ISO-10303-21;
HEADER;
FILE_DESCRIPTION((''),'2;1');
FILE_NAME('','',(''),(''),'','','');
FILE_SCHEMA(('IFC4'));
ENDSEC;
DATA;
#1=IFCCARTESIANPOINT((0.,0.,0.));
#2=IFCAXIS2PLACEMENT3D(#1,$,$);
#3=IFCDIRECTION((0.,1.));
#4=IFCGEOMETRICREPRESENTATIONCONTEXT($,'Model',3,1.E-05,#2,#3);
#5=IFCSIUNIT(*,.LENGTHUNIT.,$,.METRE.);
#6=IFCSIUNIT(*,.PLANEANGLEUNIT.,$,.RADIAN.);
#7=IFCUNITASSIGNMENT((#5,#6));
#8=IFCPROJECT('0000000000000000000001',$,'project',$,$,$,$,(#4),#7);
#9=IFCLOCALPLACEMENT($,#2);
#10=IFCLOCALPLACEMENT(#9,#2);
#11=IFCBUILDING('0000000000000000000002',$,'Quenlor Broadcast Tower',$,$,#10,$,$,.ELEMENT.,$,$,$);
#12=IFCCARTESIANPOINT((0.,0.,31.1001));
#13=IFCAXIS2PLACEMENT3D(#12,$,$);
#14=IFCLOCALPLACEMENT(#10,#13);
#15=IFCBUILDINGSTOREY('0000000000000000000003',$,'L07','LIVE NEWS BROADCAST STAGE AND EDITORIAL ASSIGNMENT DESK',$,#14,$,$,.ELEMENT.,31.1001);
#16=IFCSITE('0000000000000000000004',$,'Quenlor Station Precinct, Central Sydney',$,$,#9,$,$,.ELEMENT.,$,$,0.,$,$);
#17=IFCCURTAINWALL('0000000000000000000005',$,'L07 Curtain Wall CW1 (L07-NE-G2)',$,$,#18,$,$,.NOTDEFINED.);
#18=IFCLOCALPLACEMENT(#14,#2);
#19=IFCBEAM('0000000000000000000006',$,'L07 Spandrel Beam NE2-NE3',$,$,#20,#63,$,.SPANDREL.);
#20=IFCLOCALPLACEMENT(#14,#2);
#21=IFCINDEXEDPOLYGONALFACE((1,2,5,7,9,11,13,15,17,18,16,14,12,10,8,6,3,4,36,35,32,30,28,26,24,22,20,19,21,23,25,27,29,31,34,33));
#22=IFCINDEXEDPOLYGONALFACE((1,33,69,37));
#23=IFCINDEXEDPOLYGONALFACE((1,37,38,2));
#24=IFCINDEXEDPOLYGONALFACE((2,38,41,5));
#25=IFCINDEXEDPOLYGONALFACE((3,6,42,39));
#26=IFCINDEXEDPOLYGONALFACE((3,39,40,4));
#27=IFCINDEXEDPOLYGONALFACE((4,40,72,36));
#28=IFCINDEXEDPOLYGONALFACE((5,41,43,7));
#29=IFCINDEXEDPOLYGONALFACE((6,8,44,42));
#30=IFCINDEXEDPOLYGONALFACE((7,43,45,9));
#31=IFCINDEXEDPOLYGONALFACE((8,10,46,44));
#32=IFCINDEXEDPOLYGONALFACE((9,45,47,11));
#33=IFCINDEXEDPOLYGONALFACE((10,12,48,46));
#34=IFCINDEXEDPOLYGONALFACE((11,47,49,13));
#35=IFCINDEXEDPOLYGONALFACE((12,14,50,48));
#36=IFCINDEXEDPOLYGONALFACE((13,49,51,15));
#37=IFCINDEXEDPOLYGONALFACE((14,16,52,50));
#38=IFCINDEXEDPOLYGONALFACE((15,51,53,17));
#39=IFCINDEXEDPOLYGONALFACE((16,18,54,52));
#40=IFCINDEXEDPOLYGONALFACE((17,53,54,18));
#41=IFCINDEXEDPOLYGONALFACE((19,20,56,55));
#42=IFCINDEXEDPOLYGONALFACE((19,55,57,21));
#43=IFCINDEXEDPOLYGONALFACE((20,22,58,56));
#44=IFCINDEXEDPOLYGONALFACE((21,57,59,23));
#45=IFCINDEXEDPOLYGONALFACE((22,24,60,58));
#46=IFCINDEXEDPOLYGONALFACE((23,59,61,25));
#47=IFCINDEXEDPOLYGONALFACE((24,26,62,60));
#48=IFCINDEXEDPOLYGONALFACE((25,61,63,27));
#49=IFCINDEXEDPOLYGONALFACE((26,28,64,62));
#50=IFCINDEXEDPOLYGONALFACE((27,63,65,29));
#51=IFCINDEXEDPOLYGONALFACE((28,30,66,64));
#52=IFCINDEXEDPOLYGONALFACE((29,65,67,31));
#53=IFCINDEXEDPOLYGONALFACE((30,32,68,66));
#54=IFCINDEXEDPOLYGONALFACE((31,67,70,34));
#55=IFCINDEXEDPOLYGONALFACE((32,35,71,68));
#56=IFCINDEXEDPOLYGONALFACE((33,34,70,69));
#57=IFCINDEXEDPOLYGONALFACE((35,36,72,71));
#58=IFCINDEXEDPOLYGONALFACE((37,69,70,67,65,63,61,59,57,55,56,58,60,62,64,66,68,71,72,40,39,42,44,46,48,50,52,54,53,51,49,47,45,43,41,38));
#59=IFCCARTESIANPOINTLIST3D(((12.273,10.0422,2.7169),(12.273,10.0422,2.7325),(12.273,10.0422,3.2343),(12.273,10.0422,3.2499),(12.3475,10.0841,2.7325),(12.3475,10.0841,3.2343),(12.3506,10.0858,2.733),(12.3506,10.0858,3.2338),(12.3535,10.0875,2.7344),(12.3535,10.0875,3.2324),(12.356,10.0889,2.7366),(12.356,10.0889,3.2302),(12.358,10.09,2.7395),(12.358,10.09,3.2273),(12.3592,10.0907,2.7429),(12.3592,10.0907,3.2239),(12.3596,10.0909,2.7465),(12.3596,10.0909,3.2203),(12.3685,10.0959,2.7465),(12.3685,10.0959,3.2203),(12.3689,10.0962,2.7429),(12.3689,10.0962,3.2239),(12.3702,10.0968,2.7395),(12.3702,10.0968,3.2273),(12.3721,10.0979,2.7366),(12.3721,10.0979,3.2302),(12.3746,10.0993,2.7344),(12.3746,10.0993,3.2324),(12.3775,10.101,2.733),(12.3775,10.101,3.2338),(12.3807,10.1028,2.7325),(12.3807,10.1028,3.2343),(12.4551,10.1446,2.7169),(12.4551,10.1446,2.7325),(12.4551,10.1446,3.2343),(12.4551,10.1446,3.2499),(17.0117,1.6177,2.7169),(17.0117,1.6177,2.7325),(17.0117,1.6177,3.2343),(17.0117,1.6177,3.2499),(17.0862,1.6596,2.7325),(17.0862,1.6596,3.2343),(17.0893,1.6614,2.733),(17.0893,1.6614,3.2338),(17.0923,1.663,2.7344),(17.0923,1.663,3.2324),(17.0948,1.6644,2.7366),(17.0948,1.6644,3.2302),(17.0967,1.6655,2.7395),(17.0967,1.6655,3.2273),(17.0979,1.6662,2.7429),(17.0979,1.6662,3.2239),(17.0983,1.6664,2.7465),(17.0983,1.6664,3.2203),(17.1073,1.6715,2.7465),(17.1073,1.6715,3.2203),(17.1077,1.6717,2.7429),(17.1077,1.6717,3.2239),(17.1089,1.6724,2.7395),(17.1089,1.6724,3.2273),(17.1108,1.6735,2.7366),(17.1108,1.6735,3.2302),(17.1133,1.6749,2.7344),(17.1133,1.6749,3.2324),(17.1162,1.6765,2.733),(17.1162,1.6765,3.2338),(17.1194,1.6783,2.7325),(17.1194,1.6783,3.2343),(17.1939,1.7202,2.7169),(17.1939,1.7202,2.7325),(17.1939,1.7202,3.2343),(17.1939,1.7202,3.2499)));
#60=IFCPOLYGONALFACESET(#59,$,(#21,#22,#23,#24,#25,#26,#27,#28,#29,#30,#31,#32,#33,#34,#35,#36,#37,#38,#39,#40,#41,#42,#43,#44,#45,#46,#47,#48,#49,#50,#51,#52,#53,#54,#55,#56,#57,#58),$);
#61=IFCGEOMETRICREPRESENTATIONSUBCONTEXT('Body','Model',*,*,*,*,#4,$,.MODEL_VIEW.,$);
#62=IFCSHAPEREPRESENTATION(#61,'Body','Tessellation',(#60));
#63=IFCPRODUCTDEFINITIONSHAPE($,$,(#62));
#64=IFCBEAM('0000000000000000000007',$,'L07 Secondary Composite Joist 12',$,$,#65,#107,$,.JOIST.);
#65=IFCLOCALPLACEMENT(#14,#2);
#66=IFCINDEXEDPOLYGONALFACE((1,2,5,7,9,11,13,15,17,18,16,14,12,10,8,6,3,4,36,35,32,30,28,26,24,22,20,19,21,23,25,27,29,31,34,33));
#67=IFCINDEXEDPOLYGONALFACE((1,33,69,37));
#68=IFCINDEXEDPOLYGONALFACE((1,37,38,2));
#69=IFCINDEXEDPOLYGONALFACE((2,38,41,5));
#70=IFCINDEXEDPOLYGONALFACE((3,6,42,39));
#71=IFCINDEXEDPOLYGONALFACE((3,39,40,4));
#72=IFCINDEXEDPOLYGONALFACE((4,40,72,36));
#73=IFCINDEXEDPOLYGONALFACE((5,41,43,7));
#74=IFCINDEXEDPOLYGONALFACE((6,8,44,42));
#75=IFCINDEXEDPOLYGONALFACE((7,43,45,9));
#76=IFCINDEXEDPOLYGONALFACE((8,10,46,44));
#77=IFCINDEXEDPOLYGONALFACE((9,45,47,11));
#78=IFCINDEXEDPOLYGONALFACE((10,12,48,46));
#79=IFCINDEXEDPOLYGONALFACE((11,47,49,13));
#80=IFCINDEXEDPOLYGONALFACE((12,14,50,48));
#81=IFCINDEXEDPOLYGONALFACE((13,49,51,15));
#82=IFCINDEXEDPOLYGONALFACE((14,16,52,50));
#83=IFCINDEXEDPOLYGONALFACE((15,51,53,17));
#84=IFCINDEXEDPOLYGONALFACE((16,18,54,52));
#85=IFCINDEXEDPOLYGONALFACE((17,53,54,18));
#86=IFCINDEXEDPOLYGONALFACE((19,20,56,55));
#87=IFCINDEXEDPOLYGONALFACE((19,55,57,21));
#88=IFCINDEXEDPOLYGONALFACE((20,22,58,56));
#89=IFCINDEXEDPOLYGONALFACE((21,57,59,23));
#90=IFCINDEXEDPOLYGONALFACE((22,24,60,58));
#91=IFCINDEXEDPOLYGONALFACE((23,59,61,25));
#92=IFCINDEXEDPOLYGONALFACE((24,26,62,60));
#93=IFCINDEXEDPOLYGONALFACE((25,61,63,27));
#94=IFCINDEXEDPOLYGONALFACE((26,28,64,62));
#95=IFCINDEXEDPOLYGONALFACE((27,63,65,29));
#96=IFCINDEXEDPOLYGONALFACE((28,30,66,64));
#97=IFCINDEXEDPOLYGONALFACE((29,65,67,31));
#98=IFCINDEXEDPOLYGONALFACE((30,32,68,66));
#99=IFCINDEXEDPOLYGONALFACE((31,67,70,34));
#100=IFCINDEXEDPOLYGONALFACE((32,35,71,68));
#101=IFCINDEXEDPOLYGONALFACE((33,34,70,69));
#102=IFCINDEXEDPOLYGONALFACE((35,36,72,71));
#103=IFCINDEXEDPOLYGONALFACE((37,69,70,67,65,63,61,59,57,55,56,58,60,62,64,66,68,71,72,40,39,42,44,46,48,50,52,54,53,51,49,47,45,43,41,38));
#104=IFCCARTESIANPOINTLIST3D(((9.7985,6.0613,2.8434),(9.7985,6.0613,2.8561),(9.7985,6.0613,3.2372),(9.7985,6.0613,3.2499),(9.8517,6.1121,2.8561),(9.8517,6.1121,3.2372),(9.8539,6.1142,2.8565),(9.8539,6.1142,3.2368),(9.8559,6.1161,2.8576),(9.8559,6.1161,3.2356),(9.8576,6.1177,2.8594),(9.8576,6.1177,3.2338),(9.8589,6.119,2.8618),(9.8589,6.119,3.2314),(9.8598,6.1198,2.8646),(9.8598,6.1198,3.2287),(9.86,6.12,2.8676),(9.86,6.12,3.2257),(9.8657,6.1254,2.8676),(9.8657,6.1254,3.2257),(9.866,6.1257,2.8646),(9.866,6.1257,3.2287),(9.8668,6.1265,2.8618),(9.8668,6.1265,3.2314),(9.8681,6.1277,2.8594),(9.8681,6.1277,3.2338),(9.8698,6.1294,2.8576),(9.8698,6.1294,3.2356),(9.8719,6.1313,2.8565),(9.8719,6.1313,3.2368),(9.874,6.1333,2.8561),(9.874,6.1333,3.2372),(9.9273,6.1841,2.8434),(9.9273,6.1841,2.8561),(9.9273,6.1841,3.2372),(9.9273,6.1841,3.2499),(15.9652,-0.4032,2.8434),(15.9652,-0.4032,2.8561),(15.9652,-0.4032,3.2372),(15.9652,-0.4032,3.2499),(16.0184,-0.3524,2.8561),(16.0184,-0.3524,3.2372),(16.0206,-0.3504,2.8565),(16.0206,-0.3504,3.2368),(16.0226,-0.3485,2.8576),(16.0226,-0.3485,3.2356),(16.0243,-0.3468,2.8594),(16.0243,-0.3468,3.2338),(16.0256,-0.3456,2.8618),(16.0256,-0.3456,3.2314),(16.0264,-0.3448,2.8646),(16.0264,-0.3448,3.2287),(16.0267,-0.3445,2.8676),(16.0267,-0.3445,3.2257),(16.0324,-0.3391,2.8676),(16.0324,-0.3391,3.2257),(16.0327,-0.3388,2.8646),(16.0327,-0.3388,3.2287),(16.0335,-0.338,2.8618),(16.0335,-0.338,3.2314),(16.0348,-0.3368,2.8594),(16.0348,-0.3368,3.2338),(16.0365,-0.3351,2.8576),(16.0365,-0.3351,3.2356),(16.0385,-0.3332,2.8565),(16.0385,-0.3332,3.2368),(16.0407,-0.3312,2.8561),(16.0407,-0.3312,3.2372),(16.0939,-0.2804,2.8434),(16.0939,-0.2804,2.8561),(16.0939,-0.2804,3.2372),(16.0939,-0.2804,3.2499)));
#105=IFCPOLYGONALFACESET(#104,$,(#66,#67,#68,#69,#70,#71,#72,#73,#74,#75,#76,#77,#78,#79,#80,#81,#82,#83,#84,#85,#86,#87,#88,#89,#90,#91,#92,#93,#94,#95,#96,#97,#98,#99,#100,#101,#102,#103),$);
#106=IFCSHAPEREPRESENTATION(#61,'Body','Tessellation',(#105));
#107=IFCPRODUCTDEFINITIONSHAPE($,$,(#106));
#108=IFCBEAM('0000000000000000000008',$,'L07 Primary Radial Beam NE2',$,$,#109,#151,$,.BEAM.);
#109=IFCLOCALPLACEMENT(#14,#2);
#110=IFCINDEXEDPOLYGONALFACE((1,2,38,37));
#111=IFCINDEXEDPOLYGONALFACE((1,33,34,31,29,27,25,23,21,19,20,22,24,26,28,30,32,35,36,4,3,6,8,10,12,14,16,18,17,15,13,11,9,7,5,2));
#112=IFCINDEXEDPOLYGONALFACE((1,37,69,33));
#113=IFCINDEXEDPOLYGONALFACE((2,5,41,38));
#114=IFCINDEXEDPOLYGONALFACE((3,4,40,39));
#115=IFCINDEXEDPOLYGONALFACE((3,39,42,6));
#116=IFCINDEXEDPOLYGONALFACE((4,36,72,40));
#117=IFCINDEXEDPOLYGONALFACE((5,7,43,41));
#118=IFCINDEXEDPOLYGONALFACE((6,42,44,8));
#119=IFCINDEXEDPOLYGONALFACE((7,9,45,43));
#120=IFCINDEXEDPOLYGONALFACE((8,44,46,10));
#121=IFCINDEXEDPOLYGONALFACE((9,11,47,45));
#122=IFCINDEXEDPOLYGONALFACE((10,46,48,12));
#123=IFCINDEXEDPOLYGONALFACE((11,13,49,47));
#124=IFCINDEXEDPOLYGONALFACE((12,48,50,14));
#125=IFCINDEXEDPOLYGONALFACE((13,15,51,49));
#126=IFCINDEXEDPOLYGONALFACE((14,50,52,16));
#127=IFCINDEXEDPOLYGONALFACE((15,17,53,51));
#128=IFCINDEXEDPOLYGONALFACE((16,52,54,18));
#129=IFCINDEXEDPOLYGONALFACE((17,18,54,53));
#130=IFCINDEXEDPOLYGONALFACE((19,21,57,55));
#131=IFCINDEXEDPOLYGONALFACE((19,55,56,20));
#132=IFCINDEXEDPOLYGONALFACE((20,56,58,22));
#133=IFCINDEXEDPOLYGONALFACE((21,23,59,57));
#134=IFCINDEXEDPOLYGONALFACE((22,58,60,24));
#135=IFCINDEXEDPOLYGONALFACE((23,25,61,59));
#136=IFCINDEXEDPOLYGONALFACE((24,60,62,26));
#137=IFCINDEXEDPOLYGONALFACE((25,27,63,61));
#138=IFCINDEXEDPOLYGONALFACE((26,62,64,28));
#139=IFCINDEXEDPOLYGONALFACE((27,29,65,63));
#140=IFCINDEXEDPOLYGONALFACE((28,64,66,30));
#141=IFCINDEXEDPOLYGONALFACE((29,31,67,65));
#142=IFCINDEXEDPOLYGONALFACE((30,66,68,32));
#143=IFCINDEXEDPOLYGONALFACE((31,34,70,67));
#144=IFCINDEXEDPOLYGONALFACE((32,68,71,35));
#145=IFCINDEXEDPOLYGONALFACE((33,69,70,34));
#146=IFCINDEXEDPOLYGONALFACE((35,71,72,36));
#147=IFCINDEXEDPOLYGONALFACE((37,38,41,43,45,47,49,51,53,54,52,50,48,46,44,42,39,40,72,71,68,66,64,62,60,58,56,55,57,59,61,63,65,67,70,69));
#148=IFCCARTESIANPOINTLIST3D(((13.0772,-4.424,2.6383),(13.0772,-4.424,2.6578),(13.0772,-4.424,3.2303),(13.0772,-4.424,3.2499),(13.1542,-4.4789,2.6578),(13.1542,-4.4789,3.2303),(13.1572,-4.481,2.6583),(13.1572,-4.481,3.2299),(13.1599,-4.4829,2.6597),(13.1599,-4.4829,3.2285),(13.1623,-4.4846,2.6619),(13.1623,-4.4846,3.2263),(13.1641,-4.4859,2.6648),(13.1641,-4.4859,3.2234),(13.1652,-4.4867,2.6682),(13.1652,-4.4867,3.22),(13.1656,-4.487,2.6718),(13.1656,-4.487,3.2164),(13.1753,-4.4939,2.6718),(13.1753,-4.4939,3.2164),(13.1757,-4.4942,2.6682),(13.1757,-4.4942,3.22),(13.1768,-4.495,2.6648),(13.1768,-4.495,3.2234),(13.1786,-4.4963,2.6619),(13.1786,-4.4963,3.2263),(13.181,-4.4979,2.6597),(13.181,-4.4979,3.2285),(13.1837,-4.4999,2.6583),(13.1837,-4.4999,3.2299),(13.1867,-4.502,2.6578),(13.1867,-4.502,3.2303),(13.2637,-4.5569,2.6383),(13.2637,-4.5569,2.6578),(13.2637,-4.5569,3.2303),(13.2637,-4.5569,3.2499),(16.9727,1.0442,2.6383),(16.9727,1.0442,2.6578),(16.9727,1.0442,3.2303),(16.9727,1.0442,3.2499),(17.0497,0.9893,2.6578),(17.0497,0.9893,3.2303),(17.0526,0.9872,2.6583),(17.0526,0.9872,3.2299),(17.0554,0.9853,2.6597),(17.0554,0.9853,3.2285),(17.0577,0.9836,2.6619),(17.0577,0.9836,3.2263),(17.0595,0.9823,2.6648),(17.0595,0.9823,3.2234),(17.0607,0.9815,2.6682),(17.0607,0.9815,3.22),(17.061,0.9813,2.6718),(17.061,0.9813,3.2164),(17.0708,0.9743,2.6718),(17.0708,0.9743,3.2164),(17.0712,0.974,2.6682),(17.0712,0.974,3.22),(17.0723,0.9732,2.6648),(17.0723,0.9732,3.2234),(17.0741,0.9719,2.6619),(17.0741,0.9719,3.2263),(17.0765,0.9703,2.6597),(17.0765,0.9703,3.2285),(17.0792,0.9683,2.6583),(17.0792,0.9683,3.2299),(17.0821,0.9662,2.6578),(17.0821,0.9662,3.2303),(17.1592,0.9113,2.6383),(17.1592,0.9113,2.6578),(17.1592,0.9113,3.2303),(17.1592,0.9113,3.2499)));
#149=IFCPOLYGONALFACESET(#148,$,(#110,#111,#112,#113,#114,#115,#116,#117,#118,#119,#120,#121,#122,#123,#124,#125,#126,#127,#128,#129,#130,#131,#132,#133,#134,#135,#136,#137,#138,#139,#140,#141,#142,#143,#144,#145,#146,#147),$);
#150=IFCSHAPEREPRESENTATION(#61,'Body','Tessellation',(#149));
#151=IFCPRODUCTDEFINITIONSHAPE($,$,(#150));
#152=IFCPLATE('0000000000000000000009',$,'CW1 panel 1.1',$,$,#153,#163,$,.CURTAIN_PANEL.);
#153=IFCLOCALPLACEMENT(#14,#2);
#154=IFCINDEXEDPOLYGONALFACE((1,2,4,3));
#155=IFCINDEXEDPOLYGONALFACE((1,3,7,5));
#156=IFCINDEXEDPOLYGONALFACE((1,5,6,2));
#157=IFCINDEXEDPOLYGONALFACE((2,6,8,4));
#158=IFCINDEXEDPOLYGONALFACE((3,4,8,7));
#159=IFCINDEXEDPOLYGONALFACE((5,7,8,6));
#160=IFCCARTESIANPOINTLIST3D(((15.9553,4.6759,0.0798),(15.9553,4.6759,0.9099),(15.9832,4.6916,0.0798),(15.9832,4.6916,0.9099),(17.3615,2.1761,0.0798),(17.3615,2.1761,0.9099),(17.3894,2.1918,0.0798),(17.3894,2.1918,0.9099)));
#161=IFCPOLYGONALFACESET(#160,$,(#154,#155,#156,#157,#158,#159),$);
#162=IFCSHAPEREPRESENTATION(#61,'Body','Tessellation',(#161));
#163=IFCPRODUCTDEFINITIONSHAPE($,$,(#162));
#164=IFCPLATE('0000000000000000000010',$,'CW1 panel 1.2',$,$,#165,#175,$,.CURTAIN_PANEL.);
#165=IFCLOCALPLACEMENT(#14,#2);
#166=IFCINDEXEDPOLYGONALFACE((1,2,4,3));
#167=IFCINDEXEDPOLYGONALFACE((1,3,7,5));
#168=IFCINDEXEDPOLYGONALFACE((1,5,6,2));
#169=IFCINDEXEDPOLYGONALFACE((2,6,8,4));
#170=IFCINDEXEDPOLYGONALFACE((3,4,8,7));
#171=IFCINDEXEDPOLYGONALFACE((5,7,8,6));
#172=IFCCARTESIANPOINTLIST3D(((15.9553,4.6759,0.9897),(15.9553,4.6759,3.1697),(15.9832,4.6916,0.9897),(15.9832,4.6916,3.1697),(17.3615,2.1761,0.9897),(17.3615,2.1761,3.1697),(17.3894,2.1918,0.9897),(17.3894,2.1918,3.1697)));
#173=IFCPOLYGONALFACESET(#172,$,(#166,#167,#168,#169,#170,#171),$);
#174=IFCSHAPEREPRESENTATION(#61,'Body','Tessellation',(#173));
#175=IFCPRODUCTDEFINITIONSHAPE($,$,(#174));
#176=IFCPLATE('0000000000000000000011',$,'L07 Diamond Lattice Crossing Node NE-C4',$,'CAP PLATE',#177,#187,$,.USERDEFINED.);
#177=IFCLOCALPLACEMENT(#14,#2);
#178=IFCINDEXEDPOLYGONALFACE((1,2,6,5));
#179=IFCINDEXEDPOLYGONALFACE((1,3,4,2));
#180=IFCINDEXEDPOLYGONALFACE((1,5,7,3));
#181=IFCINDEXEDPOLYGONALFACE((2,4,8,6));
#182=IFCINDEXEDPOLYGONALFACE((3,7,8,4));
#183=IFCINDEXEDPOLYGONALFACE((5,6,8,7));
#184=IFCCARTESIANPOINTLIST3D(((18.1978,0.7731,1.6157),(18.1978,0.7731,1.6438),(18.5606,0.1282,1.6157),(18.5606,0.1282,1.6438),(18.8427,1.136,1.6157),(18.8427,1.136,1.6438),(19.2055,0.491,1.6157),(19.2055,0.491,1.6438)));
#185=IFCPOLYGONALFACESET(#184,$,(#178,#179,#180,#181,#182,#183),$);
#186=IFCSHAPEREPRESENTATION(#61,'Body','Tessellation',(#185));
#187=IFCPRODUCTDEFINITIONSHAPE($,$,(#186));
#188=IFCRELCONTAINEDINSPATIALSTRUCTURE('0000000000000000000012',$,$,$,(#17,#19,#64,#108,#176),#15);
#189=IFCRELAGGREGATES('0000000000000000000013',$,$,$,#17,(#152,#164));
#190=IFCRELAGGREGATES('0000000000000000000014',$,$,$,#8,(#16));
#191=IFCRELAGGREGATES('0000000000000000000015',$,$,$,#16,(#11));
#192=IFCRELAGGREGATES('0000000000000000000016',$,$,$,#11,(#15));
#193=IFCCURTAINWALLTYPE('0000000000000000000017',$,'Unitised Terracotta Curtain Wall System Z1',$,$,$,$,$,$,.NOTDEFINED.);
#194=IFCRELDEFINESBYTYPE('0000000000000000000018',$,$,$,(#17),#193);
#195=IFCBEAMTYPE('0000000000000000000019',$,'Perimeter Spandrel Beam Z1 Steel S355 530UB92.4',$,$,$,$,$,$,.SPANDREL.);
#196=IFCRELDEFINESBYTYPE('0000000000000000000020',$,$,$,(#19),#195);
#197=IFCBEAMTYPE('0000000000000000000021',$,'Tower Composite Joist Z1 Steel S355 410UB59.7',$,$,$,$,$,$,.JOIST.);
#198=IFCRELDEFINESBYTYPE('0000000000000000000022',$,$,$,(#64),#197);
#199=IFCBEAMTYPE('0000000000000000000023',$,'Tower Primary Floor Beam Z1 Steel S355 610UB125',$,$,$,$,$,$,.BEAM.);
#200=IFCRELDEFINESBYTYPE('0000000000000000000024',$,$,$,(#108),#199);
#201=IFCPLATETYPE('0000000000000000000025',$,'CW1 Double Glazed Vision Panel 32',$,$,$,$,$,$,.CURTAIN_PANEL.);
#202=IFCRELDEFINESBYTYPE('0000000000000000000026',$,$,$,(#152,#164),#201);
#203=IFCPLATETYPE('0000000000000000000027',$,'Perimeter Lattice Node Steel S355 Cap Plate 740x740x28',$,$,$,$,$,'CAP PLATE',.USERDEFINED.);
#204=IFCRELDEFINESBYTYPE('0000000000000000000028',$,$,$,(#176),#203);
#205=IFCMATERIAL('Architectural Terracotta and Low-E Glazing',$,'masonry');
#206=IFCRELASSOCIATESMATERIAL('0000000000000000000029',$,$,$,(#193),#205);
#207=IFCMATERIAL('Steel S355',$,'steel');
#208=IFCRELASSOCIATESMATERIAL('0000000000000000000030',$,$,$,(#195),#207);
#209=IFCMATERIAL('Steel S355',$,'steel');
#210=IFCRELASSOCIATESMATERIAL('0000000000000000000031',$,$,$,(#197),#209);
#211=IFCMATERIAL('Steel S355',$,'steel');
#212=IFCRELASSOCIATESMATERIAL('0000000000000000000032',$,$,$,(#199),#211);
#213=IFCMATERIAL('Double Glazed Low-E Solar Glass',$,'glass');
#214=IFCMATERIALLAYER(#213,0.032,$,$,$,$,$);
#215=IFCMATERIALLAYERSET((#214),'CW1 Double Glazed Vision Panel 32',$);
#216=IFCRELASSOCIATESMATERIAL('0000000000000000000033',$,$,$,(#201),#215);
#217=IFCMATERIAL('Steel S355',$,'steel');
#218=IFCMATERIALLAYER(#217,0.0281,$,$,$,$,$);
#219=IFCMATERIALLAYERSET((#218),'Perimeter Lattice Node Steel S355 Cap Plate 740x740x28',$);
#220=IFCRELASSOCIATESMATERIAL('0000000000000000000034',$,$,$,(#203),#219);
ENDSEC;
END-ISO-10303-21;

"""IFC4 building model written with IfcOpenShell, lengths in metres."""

from ifc_helpers import new_model, si_unit, direction, frame, origin, origin_2d, place, context, subcontext, project, spatial, rectangle, i_section, extrude, material, layer, layer_set, material_profile, profile_set, type_object, element, aggregate, save


model = new_model("IFC4")

# Units and contexts
model_context = context("Model", 3, precision=1e-05, world=origin(), true_north=direction((0.0, 1.0)))
body_context = subcontext(model_context, "Body", "Model", "MODEL_VIEW")
ifc_project = project(units=[si_unit("LENGTHUNIT", "METRE"), si_unit("PLANEANGLEUNIT", "RADIAN")], contexts=[model_context])

# Site, building, storey
site_placement = place(None, origin())
site = spatial("IfcSite", under=ifc_project, at=site_placement, Name="Quenlor Station Precinct, Central Sydney", CompositionType="ELEMENT", RefElevation=0.0)
building_placement = place(site_placement, origin())
building = spatial("IfcBuilding", under=site, at=building_placement, Name="Quenlor Broadcast Tower", CompositionType="ELEMENT")
storey_placement = place(building_placement, frame((0.0, 0.0, 31.1001)))
storey = spatial("IfcBuildingStorey", under=building, at=storey_placement, Name="L07", Description="LIVE NEWS BROADCAST STAGE AND EDITORIAL ASSIGNMENT DESK", CompositionType="ELEMENT", Elevation=31.1001)

# Curtain wall
ifc_material_1 = material(Name="Architectural Terracotta and Low-E Glazing", Category="masonry")
curtain_wall_type = type_object("IfcCurtainWallType", Name="Unitised Terracotta Curtain Wall System Z1", PredefinedType="NOTDEFINED", material=ifc_material_1)
curtain_wall_placement = place(storey_placement, origin())
curtain_wall = element("IfcCurtainWall", 1, at=curtain_wall_placement, inside=storey, type_object=curtain_wall_type, Name="L07 Curtain Wall CW1 (L07-NE-G2)", PredefinedType="NOTDEFINED")

# Beams
ifc_material_2 = material(Name="Steel S355", Category="steel")
ifc_material_profile_1 = material_profile(ifc_material_2, i_section(OverallWidth=0.209, OverallDepth=0.533, WebThickness=0.0103, FlangeThickness=0.0156, FilletRadius=0.0139, at=origin_2d()))
ifc_profile_set_1 = profile_set([ifc_material_profile_1], Name="Steel S355 530UB92.4")
beam_type_1 = type_object("IfcBeamType", Name="Perimeter Spandrel Beam Z1 Steel S355 530UB92.4", PredefinedType="SPANDREL", material=ifc_profile_set_1)
beam_1_placement = place(storey_placement, frame((17.1028, 1.6689, 2.9834), z_axis=(-0.490258, 0.871578, 0.0), x_axis=(-0.871578, -0.490258, 0.0)))
element("IfcBeam", 2, at=beam_1_placement, inside=storey, type_object=beam_type_1, Name="L07 Spandrel Beam NE2-NE3", PredefinedType="SPANDREL", context=body_context, shape_type="SweptSolid", body=[
    extrude(i_section(OverallWidth=0.209, OverallDepth=0.533, WebThickness=0.0103, FlangeThickness=0.0156, FilletRadius=0.0139, at=origin_2d()), origin(), (0.0, 0.0, 1.0), 9.6658),
])
ifc_material_3 = material(Name="Steel S355", Category="steel")
ifc_material_profile_2 = material_profile(ifc_material_3, i_section(OverallWidth=0.178, OverallDepth=0.4065, WebThickness=0.0078, FlangeThickness=0.0127, FilletRadius=0.0115, at=origin_2d()))
ifc_profile_set_2 = profile_set([ifc_material_profile_2], Name="Steel S355 410UB59.7")
beam_type_2 = type_object("IfcBeamType", Name="Tower Composite Joist Z1 Steel S355 410UB59.7", PredefinedType="JOIST", material=ifc_profile_set_2)
beam_2_placement = place(storey_placement, frame((16.0295, -0.3418, 3.0466), z_axis=(-0.690241, 0.723579, 0.0), x_axis=(-0.723579, -0.690241, 0.0)))
element("IfcBeam", 3, at=beam_2_placement, inside=storey, type_object=beam_type_2, Name="L07 Secondary Composite Joist 12", PredefinedType="JOIST", context=body_context, shape_type="SweptSolid", body=[
    extrude(i_section(OverallWidth=0.178, OverallDepth=0.4065, WebThickness=0.0078, FlangeThickness=0.0127, FilletRadius=0.0115, at=origin_2d()), origin(), (0.0, 0.0, 1.0), 8.9341),
])
ifc_material_4 = material(Name="Steel S355", Category="steel")
ifc_material_profile_3 = material_profile(ifc_material_4, i_section(OverallWidth=0.229, OverallDepth=0.6116, WebThickness=0.012, FlangeThickness=0.0195, FilletRadius=0.0139, at=origin_2d()))
ifc_profile_set_3 = profile_set([ifc_material_profile_3], Name="Steel S355 610UB125")
beam_type_3 = type_object("IfcBeamType", Name="Tower Primary Floor Beam Z1 Steel S355 610UB125", PredefinedType="BEAM", material=ifc_profile_set_3)
beam_3_placement = place(storey_placement, frame((17.0659, 0.9778, 2.9441), z_axis=(-0.580213, -0.814465, 0.0), x_axis=(0.814465, -0.580213, 0.0)))
element("IfcBeam", 4, at=beam_3_placement, inside=storey, type_object=beam_type_3, Name="L07 Primary Radial Beam NE2", PredefinedType="BEAM", context=body_context, shape_type="SweptSolid", body=[
    extrude(i_section(OverallWidth=0.229, OverallDepth=0.6116, WebThickness=0.012, FlangeThickness=0.0195, FilletRadius=0.0139, at=origin_2d()), origin(), (0.0, 0.0, 1.0), 6.7139),
])

# Plates
ifc_material_5 = material(Name="Double Glazed Low-E Solar Glass", Category="glass")
ifc_layer_1 = layer(ifc_material_5, 0.032)
ifc_layer_set_1 = layer_set([ifc_layer_1], Name="CW1 Double Glazed Vision Panel 32")
plate_type_1 = type_object("IfcPlateType", Name="CW1 Double Glazed Vision Panel 32", PredefinedType="CURTAIN_PANEL", material=ifc_layer_set_1)
plate_1_placement = place(storey_placement, frame((16.6724, 3.4338, 0.0798), z_axis=(0.0, 0.0, 1.0), x_axis=(0.490274, -0.871568, 0.0)))
plate_1 = element("IfcPlate", 5, at=plate_1_placement, type_object=plate_type_1, Name="CW1 panel 1.1", PredefinedType="CURTAIN_PANEL", context=body_context, shape_type="SweptSolid", body=[
    extrude(rectangle(XDim=2.8682, YDim=0.032, at=origin_2d()), origin(), (0.0, 0.0, 1.0), 0.8301),
])
plate_2_placement = place(storey_placement, frame((16.6724, 3.4338, 0.9897), z_axis=(0.0, 0.0, 1.0), x_axis=(0.490274, -0.871568, 0.0)))
plate_2 = element("IfcPlate", 6, at=plate_2_placement, type_object=plate_type_1, Name="CW1 panel 1.2", PredefinedType="CURTAIN_PANEL", context=body_context, shape_type="SweptSolid", body=[
    extrude(rectangle(XDim=2.8682, YDim=0.032, at=origin_2d()), origin(), (0.0, 0.0, 1.0), 2.1799),
])
aggregate(curtain_wall, [plate_1, plate_2])

# Plate
ifc_material_6 = material(Name="Steel S355", Category="steel")
ifc_layer_2 = layer(ifc_material_6, 0.0281)
ifc_layer_set_2 = layer_set([ifc_layer_2], Name="Perimeter Lattice Node Steel S355 Cap Plate 740x740x28")
plate_type_2 = type_object("IfcPlateType", Name="Perimeter Lattice Node Steel S355 Cap Plate 740x740x28", ElementType="CAP PLATE", PredefinedType="USERDEFINED", material=ifc_layer_set_2)
plate_3_placement = place(storey_placement, frame((18.7017, 0.6321, 1.6157), z_axis=(0.0, 0.0, 1.0), x_axis=(0.490295, -0.871556, 0.0)))
element("IfcPlate", 7, at=plate_3_placement, inside=storey, type_object=plate_type_2, Name="L07 Diamond Lattice Crossing Node NE-C4", ObjectType="CAP PLATE", PredefinedType="USERDEFINED", context=body_context, shape_type="SweptSolid", body=[
    extrude(rectangle(XDim=0.74, YDim=0.74, at=origin_2d()), origin(), (0.0, 0.0, 1.0), 0.0281),
])

save(model, "model.ifc")
